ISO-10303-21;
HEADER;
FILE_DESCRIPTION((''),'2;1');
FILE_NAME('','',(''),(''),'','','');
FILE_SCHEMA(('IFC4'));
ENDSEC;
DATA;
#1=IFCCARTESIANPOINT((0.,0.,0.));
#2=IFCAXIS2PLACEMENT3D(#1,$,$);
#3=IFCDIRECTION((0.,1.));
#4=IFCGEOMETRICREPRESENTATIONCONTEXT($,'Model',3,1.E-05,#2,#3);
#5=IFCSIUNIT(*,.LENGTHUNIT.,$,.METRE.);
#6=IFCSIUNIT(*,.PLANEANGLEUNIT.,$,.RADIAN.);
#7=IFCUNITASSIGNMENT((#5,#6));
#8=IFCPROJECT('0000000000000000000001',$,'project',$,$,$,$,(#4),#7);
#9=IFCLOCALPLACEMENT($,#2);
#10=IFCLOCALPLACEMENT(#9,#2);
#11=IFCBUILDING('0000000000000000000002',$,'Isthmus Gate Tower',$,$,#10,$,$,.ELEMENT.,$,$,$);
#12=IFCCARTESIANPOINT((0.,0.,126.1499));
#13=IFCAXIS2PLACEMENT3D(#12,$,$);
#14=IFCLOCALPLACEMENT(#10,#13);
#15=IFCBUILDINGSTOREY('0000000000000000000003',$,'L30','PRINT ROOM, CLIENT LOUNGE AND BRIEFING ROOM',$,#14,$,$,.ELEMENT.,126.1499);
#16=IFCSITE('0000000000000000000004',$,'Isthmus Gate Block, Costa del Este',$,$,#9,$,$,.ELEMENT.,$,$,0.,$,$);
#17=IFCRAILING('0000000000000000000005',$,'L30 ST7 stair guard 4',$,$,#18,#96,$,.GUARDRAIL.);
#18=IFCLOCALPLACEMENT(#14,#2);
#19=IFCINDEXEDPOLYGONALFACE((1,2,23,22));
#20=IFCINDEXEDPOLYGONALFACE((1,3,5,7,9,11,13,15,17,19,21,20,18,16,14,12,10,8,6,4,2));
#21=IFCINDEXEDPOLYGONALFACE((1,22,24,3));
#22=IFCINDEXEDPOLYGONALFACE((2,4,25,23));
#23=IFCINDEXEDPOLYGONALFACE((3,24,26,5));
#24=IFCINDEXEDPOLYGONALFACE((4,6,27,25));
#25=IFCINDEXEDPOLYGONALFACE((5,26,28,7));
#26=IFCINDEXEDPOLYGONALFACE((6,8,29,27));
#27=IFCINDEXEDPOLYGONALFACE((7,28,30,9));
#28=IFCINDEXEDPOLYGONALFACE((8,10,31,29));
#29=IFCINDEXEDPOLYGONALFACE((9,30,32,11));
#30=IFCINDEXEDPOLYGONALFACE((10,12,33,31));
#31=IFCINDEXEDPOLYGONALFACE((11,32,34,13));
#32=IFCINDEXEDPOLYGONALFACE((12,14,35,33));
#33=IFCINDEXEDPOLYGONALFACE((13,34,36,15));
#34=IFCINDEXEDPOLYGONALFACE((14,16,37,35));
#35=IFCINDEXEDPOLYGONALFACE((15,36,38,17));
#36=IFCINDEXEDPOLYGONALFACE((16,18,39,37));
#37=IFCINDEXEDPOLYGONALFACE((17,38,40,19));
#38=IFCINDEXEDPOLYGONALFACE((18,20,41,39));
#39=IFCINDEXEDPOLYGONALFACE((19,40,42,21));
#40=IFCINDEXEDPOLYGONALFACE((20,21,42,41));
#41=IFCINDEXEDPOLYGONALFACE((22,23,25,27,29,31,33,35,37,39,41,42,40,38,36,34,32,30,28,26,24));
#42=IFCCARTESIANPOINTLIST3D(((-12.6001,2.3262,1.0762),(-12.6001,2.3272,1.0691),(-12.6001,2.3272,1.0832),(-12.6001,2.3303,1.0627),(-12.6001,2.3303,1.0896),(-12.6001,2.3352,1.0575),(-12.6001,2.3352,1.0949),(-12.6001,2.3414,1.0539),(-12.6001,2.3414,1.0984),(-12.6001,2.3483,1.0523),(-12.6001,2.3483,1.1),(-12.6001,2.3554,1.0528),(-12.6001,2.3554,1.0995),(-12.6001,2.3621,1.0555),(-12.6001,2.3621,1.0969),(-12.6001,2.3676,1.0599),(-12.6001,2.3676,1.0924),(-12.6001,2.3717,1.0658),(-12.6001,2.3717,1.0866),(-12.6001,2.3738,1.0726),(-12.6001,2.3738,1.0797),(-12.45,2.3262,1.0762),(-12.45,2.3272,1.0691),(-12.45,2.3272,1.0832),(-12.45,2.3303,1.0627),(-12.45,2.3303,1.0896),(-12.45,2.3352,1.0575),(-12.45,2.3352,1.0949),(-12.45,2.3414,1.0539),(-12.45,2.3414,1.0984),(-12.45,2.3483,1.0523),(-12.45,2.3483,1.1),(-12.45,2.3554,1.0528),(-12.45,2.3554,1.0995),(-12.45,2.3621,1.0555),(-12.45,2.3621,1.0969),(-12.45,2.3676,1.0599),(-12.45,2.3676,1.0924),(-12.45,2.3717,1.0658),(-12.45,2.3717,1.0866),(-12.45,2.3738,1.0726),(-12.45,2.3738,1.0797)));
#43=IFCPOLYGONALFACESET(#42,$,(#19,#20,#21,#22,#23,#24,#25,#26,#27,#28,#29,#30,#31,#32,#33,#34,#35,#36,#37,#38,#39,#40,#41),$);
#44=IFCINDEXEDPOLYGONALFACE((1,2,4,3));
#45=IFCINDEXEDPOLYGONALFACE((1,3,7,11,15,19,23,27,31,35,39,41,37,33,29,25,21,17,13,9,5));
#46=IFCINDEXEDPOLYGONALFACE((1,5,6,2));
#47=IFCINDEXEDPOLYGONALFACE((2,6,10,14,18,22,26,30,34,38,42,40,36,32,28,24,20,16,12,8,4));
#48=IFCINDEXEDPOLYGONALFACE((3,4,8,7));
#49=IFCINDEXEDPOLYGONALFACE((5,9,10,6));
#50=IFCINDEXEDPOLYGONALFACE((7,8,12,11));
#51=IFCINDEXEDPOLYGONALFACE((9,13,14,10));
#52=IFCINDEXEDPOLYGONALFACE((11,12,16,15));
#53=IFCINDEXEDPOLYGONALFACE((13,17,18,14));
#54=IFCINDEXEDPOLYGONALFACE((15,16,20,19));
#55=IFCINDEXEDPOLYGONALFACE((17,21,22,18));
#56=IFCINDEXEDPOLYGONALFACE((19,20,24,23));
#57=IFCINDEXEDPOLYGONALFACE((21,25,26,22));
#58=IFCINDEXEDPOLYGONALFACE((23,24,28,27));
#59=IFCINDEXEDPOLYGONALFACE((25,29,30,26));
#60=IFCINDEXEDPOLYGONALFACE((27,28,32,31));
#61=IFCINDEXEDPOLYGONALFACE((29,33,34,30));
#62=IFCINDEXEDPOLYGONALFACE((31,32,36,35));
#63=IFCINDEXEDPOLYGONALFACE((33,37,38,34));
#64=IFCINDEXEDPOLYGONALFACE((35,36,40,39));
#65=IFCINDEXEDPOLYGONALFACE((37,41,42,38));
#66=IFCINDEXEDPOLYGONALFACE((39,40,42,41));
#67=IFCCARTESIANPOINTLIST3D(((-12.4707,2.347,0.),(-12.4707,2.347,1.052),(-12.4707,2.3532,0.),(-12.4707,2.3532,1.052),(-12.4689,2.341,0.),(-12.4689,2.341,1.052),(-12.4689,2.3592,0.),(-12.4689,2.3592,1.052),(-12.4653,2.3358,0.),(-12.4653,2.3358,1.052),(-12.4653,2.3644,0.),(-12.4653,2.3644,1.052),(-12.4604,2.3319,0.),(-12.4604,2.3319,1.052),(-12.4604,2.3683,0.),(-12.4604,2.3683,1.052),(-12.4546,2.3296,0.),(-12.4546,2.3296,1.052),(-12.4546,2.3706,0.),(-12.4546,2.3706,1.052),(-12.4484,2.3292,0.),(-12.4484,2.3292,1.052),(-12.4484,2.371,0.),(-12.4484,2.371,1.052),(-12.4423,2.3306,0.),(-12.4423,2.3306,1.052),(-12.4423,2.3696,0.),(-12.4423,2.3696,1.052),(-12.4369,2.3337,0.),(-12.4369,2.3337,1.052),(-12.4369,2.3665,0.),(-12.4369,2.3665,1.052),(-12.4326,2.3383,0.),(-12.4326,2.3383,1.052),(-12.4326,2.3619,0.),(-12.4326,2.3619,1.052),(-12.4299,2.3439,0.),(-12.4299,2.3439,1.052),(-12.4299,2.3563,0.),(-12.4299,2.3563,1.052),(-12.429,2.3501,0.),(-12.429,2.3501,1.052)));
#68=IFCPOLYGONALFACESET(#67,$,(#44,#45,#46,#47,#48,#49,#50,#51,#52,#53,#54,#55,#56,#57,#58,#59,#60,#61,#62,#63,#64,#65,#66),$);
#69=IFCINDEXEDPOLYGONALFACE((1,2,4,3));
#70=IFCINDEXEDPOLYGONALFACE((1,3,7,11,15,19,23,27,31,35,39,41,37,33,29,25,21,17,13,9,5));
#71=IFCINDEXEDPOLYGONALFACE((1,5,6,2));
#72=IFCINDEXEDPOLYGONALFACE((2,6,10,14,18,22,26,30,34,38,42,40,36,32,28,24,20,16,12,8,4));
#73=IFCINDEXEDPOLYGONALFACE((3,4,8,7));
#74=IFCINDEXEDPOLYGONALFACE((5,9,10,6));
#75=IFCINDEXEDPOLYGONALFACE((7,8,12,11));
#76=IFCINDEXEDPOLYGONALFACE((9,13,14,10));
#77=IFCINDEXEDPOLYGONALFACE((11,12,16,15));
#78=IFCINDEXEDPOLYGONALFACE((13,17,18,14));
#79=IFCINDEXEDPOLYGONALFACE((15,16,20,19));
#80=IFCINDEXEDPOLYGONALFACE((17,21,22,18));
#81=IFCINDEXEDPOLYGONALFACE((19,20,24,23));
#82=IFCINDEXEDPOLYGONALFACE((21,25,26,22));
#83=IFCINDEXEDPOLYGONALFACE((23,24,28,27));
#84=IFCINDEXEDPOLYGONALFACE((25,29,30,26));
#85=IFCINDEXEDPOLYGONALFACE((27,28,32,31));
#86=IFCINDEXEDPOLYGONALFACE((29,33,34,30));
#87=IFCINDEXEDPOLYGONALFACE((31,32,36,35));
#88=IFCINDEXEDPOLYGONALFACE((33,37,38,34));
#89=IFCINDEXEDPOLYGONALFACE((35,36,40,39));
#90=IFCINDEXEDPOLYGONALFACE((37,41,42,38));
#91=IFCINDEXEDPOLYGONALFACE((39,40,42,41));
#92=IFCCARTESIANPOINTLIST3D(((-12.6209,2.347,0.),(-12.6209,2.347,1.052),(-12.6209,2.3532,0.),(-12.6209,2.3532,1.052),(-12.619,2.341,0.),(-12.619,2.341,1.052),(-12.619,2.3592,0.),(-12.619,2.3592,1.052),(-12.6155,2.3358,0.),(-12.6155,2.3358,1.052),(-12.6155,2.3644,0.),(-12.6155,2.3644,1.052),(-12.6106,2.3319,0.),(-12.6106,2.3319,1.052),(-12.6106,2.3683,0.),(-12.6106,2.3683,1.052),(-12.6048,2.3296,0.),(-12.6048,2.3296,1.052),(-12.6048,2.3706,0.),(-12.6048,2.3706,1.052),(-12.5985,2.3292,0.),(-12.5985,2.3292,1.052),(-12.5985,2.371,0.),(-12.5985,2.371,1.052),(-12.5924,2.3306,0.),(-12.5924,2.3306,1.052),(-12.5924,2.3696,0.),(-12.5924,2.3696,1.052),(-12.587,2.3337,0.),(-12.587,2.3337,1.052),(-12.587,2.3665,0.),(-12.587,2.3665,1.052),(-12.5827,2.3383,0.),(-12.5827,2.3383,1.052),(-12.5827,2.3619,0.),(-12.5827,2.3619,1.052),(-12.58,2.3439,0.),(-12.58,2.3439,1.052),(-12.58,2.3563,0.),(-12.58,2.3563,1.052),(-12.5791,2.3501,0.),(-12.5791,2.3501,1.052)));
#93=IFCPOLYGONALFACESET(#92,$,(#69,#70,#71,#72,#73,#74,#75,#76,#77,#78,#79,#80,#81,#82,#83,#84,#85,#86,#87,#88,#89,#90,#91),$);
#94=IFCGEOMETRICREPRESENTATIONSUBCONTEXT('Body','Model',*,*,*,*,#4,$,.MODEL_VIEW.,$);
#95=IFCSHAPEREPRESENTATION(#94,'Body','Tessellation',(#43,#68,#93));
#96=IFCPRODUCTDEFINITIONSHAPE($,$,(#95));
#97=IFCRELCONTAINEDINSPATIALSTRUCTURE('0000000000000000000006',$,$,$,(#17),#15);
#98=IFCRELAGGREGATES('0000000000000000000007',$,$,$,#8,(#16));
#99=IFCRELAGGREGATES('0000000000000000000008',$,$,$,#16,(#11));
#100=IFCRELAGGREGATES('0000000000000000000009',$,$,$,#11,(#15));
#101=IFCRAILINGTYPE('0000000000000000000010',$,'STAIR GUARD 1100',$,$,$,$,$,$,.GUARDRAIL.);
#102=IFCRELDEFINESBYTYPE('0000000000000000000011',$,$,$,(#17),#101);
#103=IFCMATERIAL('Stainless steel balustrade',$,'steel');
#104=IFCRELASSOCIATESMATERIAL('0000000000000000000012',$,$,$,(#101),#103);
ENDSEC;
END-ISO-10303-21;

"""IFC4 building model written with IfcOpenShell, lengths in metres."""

from ifc_helpers import new_model, si_unit, direction, frame, origin, origin_2d, place, context, subcontext, project, spatial, circle, extrude, material, type_object, element, save


model = new_model("IFC4")

# Units and contexts
model_context = context("Model", 3, precision=1e-05, world=origin(), true_north=direction((0.0, 1.0)))
body_context = subcontext(model_context, "Body", "Model", "MODEL_VIEW")
ifc_project = project(units=[si_unit("LENGTHUNIT", "METRE"), si_unit("PLANEANGLEUNIT", "RADIAN")], contexts=[model_context])

# Site, building, storey
site_placement = place(None, origin())
site = spatial("IfcSite", under=ifc_project, at=site_placement, Name="Isthmus Gate Block, Costa del Este", CompositionType="ELEMENT", RefElevation=0.0)
building_placement = place(site_placement, origin())
building = spatial("IfcBuilding", under=site, at=building_placement, Name="Isthmus Gate Tower", CompositionType="ELEMENT")
storey_placement = place(building_placement, frame((0.0, 0.0, 126.1499)))
storey = spatial("IfcBuildingStorey", under=building, at=storey_placement, Name="L30", Description="PRINT ROOM, CLIENT LOUNGE AND BRIEFING ROOM", CompositionType="ELEMENT", Elevation=126.1499)

# Railing
ifc_material_1 = material(Name="Stainless steel balustrade", Category="steel")
railing_type_1 = type_object("IfcRailingType", Name="STAIR GUARD 1100", PredefinedType="GUARDRAIL", material=ifc_material_1)
railing_1_placement = place(storey_placement, frame((-12.45, 2.3501, 0.0)))
element("IfcRailing", 1, at=railing_1_placement, inside=storey, type_object=railing_type_1, Name="L30 ST7 stair guard 4", PredefinedType="GUARDRAIL", context=body_context, shape_type="SweptSolid", body=[
    extrude(circle(Radius=0.0239, at=origin_2d()), frame((0.0, 0.0, 1.0762), z_axis=(-1.0, 0.0, 0.0), x_axis=(0.0, -1.0, 0.0)), (0.0, 0.0, 1.0), 0.1501),
    extrude(circle(Radius=0.021, at=origin_2d()), origin(), (0.0, 0.0, 1.0), 1.052),
    extrude(circle(Radius=0.021, at=origin_2d()), frame((-0.1501, 0.0, 0.0)), (0.0, 0.0, 1.0), 1.052),
])

save(model, "model.ifc")
